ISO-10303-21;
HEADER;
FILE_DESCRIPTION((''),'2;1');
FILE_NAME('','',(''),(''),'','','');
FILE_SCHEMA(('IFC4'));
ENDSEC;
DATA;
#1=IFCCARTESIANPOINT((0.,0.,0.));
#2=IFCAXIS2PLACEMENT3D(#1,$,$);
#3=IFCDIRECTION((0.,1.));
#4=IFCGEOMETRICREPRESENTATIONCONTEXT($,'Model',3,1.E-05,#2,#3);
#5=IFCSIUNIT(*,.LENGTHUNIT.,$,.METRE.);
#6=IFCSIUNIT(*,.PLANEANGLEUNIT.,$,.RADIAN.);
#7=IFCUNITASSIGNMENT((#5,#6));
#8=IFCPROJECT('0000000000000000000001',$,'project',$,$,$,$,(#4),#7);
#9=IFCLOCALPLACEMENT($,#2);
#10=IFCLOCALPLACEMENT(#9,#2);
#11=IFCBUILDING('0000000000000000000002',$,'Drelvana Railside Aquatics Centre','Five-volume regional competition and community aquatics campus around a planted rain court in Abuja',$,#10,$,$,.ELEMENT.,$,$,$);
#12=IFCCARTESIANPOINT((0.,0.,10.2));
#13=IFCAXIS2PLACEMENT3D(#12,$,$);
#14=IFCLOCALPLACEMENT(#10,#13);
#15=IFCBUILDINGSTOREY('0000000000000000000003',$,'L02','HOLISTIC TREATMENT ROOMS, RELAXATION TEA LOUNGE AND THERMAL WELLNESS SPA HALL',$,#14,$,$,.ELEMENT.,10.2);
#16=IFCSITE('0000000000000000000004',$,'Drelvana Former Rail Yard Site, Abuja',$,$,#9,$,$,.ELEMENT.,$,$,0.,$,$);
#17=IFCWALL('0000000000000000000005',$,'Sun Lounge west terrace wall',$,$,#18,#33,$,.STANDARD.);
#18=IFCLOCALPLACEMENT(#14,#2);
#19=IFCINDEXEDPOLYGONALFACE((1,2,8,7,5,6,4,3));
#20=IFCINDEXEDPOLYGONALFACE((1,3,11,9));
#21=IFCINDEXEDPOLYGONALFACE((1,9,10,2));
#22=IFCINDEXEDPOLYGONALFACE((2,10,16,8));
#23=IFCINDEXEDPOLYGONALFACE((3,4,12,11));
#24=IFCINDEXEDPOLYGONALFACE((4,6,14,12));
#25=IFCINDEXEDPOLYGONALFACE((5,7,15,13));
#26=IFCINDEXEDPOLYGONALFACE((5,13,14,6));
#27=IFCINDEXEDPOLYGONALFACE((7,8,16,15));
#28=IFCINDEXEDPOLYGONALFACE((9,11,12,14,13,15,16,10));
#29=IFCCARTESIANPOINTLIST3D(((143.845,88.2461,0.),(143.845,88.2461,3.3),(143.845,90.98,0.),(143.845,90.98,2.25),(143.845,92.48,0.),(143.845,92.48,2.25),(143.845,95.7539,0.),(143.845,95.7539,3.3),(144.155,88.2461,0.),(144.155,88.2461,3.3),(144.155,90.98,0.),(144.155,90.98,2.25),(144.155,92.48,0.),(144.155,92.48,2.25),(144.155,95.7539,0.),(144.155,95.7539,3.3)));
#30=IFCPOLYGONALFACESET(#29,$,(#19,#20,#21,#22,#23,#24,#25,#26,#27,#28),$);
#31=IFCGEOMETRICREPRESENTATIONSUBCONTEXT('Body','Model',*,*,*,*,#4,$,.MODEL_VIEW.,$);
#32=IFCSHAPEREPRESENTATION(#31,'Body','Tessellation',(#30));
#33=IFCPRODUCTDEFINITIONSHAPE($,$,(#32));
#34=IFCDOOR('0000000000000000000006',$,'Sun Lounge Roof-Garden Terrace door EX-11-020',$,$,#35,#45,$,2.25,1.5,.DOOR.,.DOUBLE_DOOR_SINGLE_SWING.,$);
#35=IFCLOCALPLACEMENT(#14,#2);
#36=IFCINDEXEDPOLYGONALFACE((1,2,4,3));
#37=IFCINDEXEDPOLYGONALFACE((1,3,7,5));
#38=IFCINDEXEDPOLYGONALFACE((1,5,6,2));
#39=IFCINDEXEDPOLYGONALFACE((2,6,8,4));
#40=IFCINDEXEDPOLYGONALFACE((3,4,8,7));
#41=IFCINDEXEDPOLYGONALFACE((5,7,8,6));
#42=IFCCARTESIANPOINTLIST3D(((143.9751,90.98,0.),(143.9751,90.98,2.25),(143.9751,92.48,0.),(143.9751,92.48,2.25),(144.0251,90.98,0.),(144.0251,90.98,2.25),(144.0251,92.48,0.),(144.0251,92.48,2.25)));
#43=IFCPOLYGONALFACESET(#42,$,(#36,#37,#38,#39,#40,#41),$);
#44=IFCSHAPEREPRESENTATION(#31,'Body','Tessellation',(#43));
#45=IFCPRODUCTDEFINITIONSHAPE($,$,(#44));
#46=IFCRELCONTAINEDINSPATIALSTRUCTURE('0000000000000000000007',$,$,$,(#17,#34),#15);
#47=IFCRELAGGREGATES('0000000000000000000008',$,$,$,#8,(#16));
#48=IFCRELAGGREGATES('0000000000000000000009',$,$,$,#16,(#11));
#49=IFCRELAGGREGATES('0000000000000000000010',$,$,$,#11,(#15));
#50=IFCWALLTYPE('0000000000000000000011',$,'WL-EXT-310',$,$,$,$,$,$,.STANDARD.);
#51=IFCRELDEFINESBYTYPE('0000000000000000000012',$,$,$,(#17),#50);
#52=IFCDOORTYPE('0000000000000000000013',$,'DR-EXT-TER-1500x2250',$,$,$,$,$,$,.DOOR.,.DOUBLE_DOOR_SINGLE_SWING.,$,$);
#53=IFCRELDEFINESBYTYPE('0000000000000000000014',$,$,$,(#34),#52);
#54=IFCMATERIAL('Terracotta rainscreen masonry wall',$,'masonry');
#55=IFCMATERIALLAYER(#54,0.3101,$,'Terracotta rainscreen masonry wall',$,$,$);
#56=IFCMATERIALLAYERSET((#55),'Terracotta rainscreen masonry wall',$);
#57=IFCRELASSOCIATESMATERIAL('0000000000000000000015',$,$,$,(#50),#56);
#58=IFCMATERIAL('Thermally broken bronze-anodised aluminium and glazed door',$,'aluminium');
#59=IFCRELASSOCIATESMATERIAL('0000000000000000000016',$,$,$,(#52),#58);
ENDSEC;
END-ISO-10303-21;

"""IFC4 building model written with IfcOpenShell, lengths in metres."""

from ifc_helpers import new_model, si_unit, direction, frame, frame_2d, origin, place, context, subcontext, project, spatial, rectangle, extrude, material, layer, layer_set, type_object, element, fill, save


model = new_model("IFC4")

# Units and contexts
model_context = context("Model", 3, precision=1e-05, world=origin(), true_north=direction((0.0, 1.0)))
body_context = subcontext(model_context, "Body", "Model", "MODEL_VIEW")
ifc_project = project(units=[si_unit("LENGTHUNIT", "METRE"), si_unit("PLANEANGLEUNIT", "RADIAN")], contexts=[model_context])

# Site, building, storey
site_placement = place(None, origin())
site = spatial("IfcSite", under=ifc_project, at=site_placement, Name="Drelvana Former Rail Yard Site, Abuja", CompositionType="ELEMENT", RefElevation=0.0)
building_placement = place(site_placement, origin())
building = spatial("IfcBuilding", under=site, at=building_placement, Name="Drelvana Railside Aquatics Centre", Description="Five-volume regional competition and community aquatics campus around a planted rain court in Abuja", CompositionType="ELEMENT")
storey_placement = place(building_placement, frame((0.0, 0.0, 10.2)))
storey = spatial("IfcBuildingStorey", under=building, at=storey_placement, Name="L02", Description="HOLISTIC TREATMENT ROOMS, RELAXATION TEA LOUNGE AND THERMAL WELLNESS SPA HALL", CompositionType="ELEMENT", Elevation=10.2)

# Wall, opening, door
ifc_material_1 = material(Name="Terracotta rainscreen masonry wall", Category="masonry")
ifc_layer_1 = layer(ifc_material_1, 0.3101, Name="Terracotta rainscreen masonry wall")
ifc_layer_set_1 = layer_set([ifc_layer_1], Name="Terracotta rainscreen masonry wall")
wall_type_1 = type_object("IfcWallType", Name="WL-EXT-310", PredefinedType="STANDARD", material=ifc_layer_set_1)
wall_1_placement = place(storey_placement, frame((144.0, 88.2461, 0.0), z_axis=(0.0, 0.0, 1.0), x_axis=(0.0, 1.0, 0.0)))
wall_1 = element("IfcWall", 1, at=wall_1_placement, inside=storey, type_object=wall_type_1, Name="Sun Lounge west terrace wall", PredefinedType="STANDARD", context=body_context, shape_type="SweptSolid", body=[
    extrude(rectangle(XDim=7.5078, YDim=0.3101, at=frame_2d((3.7539, 0.0))), origin(), (0.0, 0.0, 1.0), 3.3),
])
opening_1_placement = place(wall_1_placement, frame((2.7339, 0.0, 0.0)))
opening_1 = element("IfcOpeningElement", 2, at=opening_1_placement, cuts=wall_1, PredefinedType="OPENING", context=body_context, shape_type="SweptSolid", body=[
    extrude(rectangle(XDim=1.5, YDim=2.25, at=frame_2d((0.75, 1.125))), frame((0.0, 0.165, 0.0), z_axis=(0.0, -1.0, 0.0), x_axis=(1.0, 0.0, 0.0)), (0.0, 0.0, 1.0), 0.3301),
])
ifc_material_2 = material(Name="Thermally broken bronze-anodised aluminium and glazed door", Category="aluminium")
door_type_1 = type_object("IfcDoorType", Name="DR-EXT-TER-1500x2250", OperationType="DOUBLE_DOOR_SINGLE_SWING", PredefinedType="DOOR", material=ifc_material_2)
door_1_placement = place(opening_1_placement, origin())
door_1 = element("IfcDoor", 3, at=door_1_placement, inside=storey, type_object=door_type_1, Name="Sun Lounge Roof-Garden Terrace door EX-11-020", OperationType="DOUBLE_DOOR_SINGLE_SWING", OverallHeight=2.25, OverallWidth=1.5, PredefinedType="DOOR", context=body_context, shape_type="SweptSolid", body=[
    extrude(rectangle(XDim=1.5, YDim=2.25, at=frame_2d((0.75, 1.125))), frame((0.0, 0.0249, 0.0), z_axis=(0.0, -1.0, 0.0), x_axis=(1.0, 0.0, 0.0)), (0.0, 0.0, 1.0), 0.05),
])
fill(opening_1, door_1)

save(model, "model.ifc")
